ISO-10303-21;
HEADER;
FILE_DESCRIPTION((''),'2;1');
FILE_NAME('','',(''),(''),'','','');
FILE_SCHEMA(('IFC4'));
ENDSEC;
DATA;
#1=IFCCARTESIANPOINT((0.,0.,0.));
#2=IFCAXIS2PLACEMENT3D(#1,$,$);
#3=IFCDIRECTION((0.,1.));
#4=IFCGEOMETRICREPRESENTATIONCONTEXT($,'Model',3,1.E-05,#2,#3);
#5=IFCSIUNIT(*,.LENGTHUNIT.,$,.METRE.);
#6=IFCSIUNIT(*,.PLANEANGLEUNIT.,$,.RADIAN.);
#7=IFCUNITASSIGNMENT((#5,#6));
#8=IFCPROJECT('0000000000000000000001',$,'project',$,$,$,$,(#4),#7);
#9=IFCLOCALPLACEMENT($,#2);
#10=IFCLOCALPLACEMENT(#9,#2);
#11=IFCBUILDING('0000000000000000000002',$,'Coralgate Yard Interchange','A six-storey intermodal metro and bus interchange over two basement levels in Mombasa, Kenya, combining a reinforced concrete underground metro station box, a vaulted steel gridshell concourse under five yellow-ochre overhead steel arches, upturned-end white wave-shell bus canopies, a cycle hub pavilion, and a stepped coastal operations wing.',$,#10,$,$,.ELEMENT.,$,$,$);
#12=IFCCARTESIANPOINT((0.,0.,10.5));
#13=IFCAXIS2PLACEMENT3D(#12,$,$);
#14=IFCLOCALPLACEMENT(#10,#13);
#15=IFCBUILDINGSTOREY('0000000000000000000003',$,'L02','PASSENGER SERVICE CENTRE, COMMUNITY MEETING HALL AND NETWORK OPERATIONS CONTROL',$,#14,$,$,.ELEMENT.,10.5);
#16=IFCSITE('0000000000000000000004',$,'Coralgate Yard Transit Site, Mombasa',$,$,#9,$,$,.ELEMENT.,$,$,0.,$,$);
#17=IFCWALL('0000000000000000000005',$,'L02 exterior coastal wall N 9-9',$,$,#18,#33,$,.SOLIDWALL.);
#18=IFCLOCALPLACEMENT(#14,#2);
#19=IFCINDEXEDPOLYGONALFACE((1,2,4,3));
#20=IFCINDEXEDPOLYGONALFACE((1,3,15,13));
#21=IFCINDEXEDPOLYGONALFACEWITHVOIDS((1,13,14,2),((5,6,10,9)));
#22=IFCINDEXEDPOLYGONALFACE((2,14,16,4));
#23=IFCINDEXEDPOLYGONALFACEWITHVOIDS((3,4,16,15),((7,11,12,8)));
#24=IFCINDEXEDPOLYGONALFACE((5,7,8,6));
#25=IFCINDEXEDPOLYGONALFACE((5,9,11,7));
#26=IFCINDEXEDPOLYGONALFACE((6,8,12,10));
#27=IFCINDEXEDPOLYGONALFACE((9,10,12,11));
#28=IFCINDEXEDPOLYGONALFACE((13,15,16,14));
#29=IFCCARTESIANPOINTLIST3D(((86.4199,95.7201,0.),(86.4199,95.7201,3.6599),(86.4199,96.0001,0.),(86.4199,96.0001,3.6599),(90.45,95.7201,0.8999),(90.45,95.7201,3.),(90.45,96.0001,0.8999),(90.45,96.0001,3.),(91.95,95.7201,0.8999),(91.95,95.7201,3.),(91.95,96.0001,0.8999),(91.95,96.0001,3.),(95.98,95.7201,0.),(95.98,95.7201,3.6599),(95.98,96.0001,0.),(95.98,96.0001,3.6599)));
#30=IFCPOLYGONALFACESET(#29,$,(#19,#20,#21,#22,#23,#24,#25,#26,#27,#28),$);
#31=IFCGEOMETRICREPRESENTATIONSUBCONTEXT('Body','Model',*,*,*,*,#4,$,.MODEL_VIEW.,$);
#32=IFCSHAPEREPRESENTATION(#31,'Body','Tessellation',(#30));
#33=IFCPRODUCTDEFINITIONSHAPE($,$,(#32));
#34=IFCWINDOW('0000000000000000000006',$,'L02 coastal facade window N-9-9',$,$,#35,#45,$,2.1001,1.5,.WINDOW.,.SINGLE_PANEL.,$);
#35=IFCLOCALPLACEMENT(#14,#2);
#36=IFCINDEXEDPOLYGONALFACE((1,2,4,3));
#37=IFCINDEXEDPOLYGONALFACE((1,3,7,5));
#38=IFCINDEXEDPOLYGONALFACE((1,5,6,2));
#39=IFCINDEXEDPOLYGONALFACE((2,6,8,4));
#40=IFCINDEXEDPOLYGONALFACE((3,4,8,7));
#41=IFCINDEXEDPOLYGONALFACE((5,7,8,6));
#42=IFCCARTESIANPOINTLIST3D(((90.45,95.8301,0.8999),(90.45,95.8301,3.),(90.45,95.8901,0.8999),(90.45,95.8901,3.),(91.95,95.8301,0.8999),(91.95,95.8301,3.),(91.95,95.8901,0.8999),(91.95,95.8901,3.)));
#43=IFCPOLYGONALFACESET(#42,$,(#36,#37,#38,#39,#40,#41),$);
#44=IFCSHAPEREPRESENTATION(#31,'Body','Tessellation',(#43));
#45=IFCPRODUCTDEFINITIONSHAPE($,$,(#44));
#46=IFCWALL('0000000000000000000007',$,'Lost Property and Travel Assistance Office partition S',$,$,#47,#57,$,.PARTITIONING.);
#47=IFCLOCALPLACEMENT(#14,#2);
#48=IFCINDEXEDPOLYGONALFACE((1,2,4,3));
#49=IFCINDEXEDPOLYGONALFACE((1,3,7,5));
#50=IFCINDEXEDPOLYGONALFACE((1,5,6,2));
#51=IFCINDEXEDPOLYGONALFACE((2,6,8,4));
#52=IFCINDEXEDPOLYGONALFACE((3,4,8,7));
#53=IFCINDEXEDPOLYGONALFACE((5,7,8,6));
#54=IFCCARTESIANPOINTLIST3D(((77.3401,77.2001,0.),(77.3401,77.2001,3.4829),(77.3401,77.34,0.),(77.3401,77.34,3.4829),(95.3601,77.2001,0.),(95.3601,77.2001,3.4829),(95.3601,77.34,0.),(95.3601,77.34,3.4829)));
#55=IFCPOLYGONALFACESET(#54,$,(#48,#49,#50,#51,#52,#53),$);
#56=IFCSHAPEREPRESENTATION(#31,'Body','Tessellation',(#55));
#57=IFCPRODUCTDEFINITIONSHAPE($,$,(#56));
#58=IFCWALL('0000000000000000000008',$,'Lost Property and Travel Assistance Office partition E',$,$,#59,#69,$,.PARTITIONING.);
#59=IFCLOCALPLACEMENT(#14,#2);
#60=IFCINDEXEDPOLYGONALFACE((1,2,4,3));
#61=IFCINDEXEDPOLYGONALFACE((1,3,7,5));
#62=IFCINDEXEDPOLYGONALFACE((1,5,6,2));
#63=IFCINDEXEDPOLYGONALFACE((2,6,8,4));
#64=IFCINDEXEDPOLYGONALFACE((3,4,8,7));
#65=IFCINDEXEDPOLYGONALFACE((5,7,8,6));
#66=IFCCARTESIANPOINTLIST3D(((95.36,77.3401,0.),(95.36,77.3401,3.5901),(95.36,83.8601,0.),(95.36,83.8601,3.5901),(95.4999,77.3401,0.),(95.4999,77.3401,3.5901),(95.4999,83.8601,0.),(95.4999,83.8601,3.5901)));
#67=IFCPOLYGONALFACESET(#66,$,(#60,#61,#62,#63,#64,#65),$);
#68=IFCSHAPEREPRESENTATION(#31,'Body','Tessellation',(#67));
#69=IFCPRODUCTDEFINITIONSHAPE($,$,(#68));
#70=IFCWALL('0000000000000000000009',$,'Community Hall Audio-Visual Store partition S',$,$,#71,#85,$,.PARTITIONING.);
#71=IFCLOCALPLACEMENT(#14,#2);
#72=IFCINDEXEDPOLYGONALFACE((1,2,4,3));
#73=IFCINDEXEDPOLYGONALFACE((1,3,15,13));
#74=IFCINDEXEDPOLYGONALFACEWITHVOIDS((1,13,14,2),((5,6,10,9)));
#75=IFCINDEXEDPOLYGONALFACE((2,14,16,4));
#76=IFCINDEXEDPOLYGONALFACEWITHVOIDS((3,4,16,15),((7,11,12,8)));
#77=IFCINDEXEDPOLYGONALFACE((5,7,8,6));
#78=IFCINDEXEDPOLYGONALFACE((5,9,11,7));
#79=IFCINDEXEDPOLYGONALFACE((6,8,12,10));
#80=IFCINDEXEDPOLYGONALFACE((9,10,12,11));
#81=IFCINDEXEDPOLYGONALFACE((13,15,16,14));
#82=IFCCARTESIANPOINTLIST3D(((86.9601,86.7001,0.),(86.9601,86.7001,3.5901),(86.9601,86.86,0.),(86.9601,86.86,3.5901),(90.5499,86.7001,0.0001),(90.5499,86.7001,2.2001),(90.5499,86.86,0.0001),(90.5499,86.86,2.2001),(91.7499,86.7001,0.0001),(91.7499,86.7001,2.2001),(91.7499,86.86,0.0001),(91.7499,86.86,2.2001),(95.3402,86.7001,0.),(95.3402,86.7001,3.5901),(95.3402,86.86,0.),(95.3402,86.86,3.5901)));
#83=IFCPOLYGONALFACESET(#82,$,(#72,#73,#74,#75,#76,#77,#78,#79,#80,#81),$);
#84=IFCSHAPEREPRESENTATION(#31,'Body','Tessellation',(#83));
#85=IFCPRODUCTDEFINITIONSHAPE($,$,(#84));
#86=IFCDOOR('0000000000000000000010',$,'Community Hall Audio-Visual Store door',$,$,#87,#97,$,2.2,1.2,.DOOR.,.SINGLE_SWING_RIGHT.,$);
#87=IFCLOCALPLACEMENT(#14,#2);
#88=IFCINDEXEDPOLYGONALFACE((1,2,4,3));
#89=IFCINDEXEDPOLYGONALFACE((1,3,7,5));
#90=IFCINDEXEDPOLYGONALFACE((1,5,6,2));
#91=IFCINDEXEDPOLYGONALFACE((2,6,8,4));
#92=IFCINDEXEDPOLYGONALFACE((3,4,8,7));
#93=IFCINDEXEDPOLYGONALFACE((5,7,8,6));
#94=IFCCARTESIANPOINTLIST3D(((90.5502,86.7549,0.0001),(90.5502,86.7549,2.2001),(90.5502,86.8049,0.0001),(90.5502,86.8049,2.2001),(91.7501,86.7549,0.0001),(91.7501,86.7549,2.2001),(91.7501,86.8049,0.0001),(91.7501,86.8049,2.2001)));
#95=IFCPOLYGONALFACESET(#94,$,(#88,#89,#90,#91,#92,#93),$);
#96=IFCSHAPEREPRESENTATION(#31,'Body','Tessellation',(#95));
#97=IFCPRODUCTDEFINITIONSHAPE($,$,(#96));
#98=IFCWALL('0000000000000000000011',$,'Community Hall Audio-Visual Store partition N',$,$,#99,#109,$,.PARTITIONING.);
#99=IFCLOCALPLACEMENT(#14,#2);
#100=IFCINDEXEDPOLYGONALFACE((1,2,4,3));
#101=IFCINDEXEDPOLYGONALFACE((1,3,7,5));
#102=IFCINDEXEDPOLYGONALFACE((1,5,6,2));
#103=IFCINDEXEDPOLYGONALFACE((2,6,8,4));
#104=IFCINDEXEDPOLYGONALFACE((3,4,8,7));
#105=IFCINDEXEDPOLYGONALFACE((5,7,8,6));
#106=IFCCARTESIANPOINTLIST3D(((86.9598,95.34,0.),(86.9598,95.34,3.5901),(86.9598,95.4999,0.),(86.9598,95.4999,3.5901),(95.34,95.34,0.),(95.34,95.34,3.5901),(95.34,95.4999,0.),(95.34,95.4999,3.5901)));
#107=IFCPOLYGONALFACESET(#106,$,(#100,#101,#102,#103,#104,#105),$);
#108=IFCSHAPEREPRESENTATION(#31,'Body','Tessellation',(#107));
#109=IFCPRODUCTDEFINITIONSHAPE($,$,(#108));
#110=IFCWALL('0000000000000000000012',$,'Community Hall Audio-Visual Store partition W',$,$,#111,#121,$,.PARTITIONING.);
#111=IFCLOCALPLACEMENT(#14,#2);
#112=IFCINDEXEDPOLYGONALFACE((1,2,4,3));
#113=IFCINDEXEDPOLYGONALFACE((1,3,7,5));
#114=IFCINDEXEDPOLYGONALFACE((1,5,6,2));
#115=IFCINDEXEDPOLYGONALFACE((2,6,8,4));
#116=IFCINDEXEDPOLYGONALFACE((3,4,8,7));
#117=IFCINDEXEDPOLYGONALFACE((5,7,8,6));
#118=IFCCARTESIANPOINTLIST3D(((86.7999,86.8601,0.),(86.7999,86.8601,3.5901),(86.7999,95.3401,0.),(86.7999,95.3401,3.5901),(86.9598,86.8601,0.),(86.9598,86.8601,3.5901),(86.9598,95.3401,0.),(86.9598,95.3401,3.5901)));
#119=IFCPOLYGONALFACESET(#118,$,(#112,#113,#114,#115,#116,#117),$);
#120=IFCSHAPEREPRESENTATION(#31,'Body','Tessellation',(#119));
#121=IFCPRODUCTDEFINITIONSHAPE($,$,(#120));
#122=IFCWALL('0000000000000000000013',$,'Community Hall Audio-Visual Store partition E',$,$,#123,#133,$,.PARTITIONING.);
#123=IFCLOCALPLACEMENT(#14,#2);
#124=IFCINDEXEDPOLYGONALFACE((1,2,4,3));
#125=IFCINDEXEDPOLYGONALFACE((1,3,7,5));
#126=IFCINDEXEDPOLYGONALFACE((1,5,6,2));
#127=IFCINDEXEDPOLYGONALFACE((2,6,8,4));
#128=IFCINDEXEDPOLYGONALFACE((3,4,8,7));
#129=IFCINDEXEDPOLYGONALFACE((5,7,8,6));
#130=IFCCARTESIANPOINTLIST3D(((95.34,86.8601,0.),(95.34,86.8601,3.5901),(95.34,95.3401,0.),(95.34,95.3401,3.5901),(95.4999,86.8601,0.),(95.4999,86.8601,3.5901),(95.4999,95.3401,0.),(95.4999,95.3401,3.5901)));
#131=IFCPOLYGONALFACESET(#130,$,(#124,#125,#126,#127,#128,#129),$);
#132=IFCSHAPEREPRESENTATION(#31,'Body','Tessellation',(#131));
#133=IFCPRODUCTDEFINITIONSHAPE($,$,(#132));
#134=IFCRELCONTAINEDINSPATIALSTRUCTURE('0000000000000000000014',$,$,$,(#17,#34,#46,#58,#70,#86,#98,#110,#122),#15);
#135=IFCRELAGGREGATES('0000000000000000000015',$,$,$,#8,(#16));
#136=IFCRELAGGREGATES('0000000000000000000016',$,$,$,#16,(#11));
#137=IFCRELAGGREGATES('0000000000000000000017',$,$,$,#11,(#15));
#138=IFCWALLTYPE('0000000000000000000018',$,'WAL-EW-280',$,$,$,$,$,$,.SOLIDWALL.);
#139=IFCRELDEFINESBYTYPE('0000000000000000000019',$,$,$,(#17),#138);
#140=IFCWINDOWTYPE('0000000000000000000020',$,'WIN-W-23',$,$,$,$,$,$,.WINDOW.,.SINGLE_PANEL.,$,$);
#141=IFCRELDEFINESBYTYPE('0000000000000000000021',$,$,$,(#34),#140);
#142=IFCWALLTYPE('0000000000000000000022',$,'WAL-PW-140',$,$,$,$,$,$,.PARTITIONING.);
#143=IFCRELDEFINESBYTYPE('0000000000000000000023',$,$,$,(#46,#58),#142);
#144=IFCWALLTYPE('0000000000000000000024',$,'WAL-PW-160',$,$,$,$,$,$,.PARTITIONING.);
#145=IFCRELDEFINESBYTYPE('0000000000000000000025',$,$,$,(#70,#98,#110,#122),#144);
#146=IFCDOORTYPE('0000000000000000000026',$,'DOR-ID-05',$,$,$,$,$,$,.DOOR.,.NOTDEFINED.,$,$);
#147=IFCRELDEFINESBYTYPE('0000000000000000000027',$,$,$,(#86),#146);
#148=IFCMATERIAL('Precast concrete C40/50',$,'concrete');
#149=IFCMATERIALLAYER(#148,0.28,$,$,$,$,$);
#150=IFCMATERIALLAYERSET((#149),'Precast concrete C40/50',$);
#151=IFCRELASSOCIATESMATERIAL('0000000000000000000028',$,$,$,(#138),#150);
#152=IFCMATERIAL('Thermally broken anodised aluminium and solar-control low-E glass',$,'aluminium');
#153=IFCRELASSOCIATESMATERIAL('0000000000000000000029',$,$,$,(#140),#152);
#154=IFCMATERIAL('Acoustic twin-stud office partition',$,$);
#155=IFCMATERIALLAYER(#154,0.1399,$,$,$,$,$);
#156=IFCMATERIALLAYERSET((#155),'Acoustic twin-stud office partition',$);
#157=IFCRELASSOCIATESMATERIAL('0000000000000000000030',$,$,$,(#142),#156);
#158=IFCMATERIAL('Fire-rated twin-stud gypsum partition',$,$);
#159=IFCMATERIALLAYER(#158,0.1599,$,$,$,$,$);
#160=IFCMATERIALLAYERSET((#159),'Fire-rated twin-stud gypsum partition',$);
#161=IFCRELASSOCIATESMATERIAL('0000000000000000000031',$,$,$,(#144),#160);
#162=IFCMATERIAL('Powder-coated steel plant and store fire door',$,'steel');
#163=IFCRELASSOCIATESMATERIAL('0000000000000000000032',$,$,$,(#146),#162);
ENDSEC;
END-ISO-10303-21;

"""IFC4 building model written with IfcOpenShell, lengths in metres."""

from ifc_helpers import new_model, si_unit, direction, frame, frame_2d, origin, place, context, subcontext, project, spatial, rectangle, extrude, material, layer, layer_set, type_object, element, fill, save


model = new_model("IFC4")

# Units and contexts
model_context = context("Model", 3, precision=1e-05, world=origin(), true_north=direction((0.0, 1.0)))
body_context = subcontext(model_context, "Body", "Model", "MODEL_VIEW")
ifc_project = project(units=[si_unit("LENGTHUNIT", "METRE"), si_unit("PLANEANGLEUNIT", "RADIAN")], contexts=[model_context])

# Site, building, storey
site_placement = place(None, origin())
site = spatial("IfcSite", under=ifc_project, at=site_placement, Name="Coralgate Yard Transit Site, Mombasa", CompositionType="ELEMENT", RefElevation=0.0)
building_placement = place(site_placement, origin())
building = spatial("IfcBuilding", under=site, at=building_placement, Name="Coralgate Yard Interchange", Description="A six-storey intermodal metro and bus interchange over two basement levels in Mombasa, Kenya, combining a reinforced concrete underground metro station box, a vaulted steel gridshell concourse under five yellow-ochre overhead steel arches, upturned-end white wave-shell bus canopies, a cycle hub pavilion, and a stepped coastal operations wing.", CompositionType="ELEMENT")
storey_placement = place(building_placement, frame((0.0, 0.0, 10.5)))
storey = spatial("IfcBuildingStorey", under=building, at=storey_placement, Name="L02", Description="PASSENGER SERVICE CENTRE, COMMUNITY MEETING HALL AND NETWORK OPERATIONS CONTROL", CompositionType="ELEMENT", Elevation=10.5)

# Wall, opening, window
ifc_material_1 = material(Name="Precast concrete C40/50", Category="concrete")
ifc_layer_1 = layer(ifc_material_1, 0.28)
ifc_layer_set_1 = layer_set([ifc_layer_1], Name="Precast concrete C40/50")
wall_type_1 = type_object("IfcWallType", Name="WAL-EW-280", PredefinedType="SOLIDWALL", material=ifc_layer_set_1)
wall_1_placement = place(storey_placement, frame((86.4199, 95.8601, 0.0), z_axis=(0.0, 0.0, 1.0), x_axis=(1.0, 0.0, 0.0)))
wall_1 = element("IfcWall", 1, at=wall_1_placement, inside=storey, type_object=wall_type_1, Name="L02 exterior coastal wall N 9-9", PredefinedType="SOLIDWALL", context=body_context, shape_type="SweptSolid", body=[
    extrude(rectangle(XDim=9.5601, YDim=0.28, at=frame_2d((4.78, 0.0))), origin(), (0.0, 0.0, 1.0), 3.6599),
])
opening_1_placement = place(wall_1_placement, frame((4.03, 0.0, 0.8999)))
opening_1 = element("IfcOpeningElement", 2, at=opening_1_placement, cuts=wall_1, PredefinedType="OPENING", context=body_context, shape_type="SweptSolid", body=[
    extrude(rectangle(XDim=1.5, YDim=2.1001, at=frame_2d((0.75, 1.05))), frame((0.0, 0.1499, 0.0), z_axis=(0.0, -1.0, 0.0), x_axis=(1.0, 0.0, 0.0)), (0.0, 0.0, 1.0), 0.3),
])
ifc_material_2 = material(Name="Thermally broken anodised aluminium and solar-control low-E glass", Category="aluminium")
window_type = type_object("IfcWindowType", Name="WIN-W-23", PartitioningType="SINGLE_PANEL", PredefinedType="WINDOW", material=ifc_material_2)
window_placement = place(opening_1_placement, origin())
window = element("IfcWindow", 3, at=window_placement, inside=storey, type_object=window_type, Name="L02 coastal facade window N-9-9", OverallHeight=2.1001, OverallWidth=1.5, PartitioningType="SINGLE_PANEL", PredefinedType="WINDOW", context=body_context, shape_type="SweptSolid", body=[
    extrude(rectangle(XDim=1.5, YDim=2.1001, at=frame_2d((0.75, 1.05))), frame((0.0, 0.03, 0.0), z_axis=(0.0, -1.0, 0.0), x_axis=(1.0, 0.0, 0.0)), (0.0, 0.0, 1.0), 0.0601),
])
fill(opening_1, window)

# Walls
ifc_material_3 = material(Name="Acoustic twin-stud office partition")
ifc_layer_2 = layer(ifc_material_3, 0.1399)
ifc_layer_set_2 = layer_set([ifc_layer_2], Name="Acoustic twin-stud office partition")
wall_type_2 = type_object("IfcWallType", Name="WAL-PW-140", PredefinedType="PARTITIONING", material=ifc_layer_set_2)
wall_2_placement = place(storey_placement, frame((95.3601, 77.27, 0.0), z_axis=(0.0, 0.0, 1.0), x_axis=(-1.0, 0.0, 0.0)))
element("IfcWall", 4, at=wall_2_placement, inside=storey, type_object=wall_type_2, Name="Lost Property and Travel Assistance Office partition S", PredefinedType="PARTITIONING", context=body_context, shape_type="SweptSolid", body=[
    extrude(rectangle(XDim=18.02, YDim=0.1399, at=frame_2d((9.01, 0.0))), origin(), (0.0, 0.0, 1.0), 3.4829),
])
wall_3_placement = place(storey_placement, frame((95.4299, 83.8601, 0.0), z_axis=(0.0, 0.0, 1.0), x_axis=(0.0, -1.0, 0.0)))
element("IfcWall", 5, at=wall_3_placement, inside=storey, type_object=wall_type_2, Name="Lost Property and Travel Assistance Office partition E", PredefinedType="PARTITIONING", context=body_context, shape_type="SweptSolid", body=[
    extrude(rectangle(XDim=6.52, YDim=0.1399, at=frame_2d((3.26, 0.0))), origin(), (0.0, 0.0, 1.0), 3.5901),
])

# Wall, opening, door
ifc_material_4 = material(Name="Fire-rated twin-stud gypsum partition")
ifc_layer_3 = layer(ifc_material_4, 0.1599)
ifc_layer_set_3 = layer_set([ifc_layer_3], Name="Fire-rated twin-stud gypsum partition")
wall_type_3 = type_object("IfcWallType", Name="WAL-PW-160", PredefinedType="PARTITIONING", material=ifc_layer_set_3)
wall_4_placement = place(storey_placement, frame((95.3401, 86.78, 0.0), z_axis=(0.0, 0.0, 1.0), x_axis=(-1.0, 0.0, 0.0)))
wall_4 = element("IfcWall", 6, at=wall_4_placement, inside=storey, type_object=wall_type_3, Name="Community Hall Audio-Visual Store partition S", PredefinedType="PARTITIONING", context=body_context, shape_type="SweptSolid", body=[
    extrude(rectangle(XDim=8.3801, YDim=0.1599, at=frame_2d((4.1899, 0.0))), origin(), (0.0, 0.0, 1.0), 3.5901),
])
opening_2_placement = place(wall_4_placement, frame((3.5901, 0.0, 0.0)))
opening_2 = element("IfcOpeningElement", 7, at=opening_2_placement, cuts=wall_4, PredefinedType="OPENING", context=body_context, shape_type="SweptSolid", body=[
    extrude(rectangle(XDim=1.2, YDim=2.2, at=frame_2d((0.6001, 1.1001))), frame((0.0, 0.0898, 0.0), z_axis=(0.0, -1.0, 0.0), x_axis=(1.0, 0.0, 0.0)), (0.0, 0.0, 1.0), 0.1799),
])
ifc_material_5 = material(Name="Powder-coated steel plant and store fire door", Category="steel")
door_type_1 = type_object("IfcDoorType", Name="DOR-ID-05", OperationType="NOTDEFINED", PredefinedType="DOOR", material=ifc_material_5)
door_1_placement = place(opening_2_placement, frame((1.2, 0.0, 0.0), z_axis=(0.0, 0.0, 1.0), x_axis=(-1.0, 0.0, 0.0)))
door_1 = element("IfcDoor", 8, at=door_1_placement, inside=storey, type_object=door_type_1, Name="Community Hall Audio-Visual Store door", OperationType="SINGLE_SWING_RIGHT", OverallHeight=2.2, OverallWidth=1.2, PredefinedType="DOOR", context=body_context, shape_type="SweptSolid", body=[
    extrude(rectangle(XDim=1.2, YDim=2.2, at=frame_2d((0.6001, 1.1001))), frame((0.0, 0.0249, 0.0), z_axis=(0.0, -1.0, 0.0), x_axis=(1.0, 0.0, 0.0)), (0.0, 0.0, 1.0), 0.05),
])
fill(opening_2, door_1)

# Walls
wall_5_placement = place(storey_placement, frame((86.96, 95.4199, 0.0), z_axis=(0.0, 0.0, 1.0), x_axis=(1.0, 0.0, 0.0)))
element("IfcWall", 9, at=wall_5_placement, inside=storey, type_object=wall_type_3, Name="Community Hall Audio-Visual Store partition N", PredefinedType="PARTITIONING", context=body_context, shape_type="SweptSolid", body=[
    extrude(rectangle(XDim=8.3801, YDim=0.1599, at=frame_2d((4.1899, 0.0))), origin(), (0.0, 0.0, 1.0), 3.5901),
])
for number, where, z_axis, x_axis, name in (
    (10, (86.8799, 86.8601, 0.0), (0.0, 0.0, 1.0), (0.0, 1.0, 0.0), "Community Hall Audio-Visual Store partition W"),
    (11, (95.4199, 95.3401, 0.0), (0.0, 0.0, 1.0), (0.0, -1.0, 0.0), "Community Hall Audio-Visual Store partition E"),
):
    element("IfcWall", number, at=place(storey_placement, frame(where, z_axis=z_axis, x_axis=x_axis)), inside=storey, type_object=wall_type_3, Name=name, PredefinedType="PARTITIONING", context=body_context, shape_type="SweptSolid", body=[
        extrude(rectangle(XDim=8.48, YDim=0.1599, at=frame_2d((4.24, 0.0))), origin(), (0.0, 0.0, 1.0), 3.5901),
    ])

save(model, "model.ifc")
